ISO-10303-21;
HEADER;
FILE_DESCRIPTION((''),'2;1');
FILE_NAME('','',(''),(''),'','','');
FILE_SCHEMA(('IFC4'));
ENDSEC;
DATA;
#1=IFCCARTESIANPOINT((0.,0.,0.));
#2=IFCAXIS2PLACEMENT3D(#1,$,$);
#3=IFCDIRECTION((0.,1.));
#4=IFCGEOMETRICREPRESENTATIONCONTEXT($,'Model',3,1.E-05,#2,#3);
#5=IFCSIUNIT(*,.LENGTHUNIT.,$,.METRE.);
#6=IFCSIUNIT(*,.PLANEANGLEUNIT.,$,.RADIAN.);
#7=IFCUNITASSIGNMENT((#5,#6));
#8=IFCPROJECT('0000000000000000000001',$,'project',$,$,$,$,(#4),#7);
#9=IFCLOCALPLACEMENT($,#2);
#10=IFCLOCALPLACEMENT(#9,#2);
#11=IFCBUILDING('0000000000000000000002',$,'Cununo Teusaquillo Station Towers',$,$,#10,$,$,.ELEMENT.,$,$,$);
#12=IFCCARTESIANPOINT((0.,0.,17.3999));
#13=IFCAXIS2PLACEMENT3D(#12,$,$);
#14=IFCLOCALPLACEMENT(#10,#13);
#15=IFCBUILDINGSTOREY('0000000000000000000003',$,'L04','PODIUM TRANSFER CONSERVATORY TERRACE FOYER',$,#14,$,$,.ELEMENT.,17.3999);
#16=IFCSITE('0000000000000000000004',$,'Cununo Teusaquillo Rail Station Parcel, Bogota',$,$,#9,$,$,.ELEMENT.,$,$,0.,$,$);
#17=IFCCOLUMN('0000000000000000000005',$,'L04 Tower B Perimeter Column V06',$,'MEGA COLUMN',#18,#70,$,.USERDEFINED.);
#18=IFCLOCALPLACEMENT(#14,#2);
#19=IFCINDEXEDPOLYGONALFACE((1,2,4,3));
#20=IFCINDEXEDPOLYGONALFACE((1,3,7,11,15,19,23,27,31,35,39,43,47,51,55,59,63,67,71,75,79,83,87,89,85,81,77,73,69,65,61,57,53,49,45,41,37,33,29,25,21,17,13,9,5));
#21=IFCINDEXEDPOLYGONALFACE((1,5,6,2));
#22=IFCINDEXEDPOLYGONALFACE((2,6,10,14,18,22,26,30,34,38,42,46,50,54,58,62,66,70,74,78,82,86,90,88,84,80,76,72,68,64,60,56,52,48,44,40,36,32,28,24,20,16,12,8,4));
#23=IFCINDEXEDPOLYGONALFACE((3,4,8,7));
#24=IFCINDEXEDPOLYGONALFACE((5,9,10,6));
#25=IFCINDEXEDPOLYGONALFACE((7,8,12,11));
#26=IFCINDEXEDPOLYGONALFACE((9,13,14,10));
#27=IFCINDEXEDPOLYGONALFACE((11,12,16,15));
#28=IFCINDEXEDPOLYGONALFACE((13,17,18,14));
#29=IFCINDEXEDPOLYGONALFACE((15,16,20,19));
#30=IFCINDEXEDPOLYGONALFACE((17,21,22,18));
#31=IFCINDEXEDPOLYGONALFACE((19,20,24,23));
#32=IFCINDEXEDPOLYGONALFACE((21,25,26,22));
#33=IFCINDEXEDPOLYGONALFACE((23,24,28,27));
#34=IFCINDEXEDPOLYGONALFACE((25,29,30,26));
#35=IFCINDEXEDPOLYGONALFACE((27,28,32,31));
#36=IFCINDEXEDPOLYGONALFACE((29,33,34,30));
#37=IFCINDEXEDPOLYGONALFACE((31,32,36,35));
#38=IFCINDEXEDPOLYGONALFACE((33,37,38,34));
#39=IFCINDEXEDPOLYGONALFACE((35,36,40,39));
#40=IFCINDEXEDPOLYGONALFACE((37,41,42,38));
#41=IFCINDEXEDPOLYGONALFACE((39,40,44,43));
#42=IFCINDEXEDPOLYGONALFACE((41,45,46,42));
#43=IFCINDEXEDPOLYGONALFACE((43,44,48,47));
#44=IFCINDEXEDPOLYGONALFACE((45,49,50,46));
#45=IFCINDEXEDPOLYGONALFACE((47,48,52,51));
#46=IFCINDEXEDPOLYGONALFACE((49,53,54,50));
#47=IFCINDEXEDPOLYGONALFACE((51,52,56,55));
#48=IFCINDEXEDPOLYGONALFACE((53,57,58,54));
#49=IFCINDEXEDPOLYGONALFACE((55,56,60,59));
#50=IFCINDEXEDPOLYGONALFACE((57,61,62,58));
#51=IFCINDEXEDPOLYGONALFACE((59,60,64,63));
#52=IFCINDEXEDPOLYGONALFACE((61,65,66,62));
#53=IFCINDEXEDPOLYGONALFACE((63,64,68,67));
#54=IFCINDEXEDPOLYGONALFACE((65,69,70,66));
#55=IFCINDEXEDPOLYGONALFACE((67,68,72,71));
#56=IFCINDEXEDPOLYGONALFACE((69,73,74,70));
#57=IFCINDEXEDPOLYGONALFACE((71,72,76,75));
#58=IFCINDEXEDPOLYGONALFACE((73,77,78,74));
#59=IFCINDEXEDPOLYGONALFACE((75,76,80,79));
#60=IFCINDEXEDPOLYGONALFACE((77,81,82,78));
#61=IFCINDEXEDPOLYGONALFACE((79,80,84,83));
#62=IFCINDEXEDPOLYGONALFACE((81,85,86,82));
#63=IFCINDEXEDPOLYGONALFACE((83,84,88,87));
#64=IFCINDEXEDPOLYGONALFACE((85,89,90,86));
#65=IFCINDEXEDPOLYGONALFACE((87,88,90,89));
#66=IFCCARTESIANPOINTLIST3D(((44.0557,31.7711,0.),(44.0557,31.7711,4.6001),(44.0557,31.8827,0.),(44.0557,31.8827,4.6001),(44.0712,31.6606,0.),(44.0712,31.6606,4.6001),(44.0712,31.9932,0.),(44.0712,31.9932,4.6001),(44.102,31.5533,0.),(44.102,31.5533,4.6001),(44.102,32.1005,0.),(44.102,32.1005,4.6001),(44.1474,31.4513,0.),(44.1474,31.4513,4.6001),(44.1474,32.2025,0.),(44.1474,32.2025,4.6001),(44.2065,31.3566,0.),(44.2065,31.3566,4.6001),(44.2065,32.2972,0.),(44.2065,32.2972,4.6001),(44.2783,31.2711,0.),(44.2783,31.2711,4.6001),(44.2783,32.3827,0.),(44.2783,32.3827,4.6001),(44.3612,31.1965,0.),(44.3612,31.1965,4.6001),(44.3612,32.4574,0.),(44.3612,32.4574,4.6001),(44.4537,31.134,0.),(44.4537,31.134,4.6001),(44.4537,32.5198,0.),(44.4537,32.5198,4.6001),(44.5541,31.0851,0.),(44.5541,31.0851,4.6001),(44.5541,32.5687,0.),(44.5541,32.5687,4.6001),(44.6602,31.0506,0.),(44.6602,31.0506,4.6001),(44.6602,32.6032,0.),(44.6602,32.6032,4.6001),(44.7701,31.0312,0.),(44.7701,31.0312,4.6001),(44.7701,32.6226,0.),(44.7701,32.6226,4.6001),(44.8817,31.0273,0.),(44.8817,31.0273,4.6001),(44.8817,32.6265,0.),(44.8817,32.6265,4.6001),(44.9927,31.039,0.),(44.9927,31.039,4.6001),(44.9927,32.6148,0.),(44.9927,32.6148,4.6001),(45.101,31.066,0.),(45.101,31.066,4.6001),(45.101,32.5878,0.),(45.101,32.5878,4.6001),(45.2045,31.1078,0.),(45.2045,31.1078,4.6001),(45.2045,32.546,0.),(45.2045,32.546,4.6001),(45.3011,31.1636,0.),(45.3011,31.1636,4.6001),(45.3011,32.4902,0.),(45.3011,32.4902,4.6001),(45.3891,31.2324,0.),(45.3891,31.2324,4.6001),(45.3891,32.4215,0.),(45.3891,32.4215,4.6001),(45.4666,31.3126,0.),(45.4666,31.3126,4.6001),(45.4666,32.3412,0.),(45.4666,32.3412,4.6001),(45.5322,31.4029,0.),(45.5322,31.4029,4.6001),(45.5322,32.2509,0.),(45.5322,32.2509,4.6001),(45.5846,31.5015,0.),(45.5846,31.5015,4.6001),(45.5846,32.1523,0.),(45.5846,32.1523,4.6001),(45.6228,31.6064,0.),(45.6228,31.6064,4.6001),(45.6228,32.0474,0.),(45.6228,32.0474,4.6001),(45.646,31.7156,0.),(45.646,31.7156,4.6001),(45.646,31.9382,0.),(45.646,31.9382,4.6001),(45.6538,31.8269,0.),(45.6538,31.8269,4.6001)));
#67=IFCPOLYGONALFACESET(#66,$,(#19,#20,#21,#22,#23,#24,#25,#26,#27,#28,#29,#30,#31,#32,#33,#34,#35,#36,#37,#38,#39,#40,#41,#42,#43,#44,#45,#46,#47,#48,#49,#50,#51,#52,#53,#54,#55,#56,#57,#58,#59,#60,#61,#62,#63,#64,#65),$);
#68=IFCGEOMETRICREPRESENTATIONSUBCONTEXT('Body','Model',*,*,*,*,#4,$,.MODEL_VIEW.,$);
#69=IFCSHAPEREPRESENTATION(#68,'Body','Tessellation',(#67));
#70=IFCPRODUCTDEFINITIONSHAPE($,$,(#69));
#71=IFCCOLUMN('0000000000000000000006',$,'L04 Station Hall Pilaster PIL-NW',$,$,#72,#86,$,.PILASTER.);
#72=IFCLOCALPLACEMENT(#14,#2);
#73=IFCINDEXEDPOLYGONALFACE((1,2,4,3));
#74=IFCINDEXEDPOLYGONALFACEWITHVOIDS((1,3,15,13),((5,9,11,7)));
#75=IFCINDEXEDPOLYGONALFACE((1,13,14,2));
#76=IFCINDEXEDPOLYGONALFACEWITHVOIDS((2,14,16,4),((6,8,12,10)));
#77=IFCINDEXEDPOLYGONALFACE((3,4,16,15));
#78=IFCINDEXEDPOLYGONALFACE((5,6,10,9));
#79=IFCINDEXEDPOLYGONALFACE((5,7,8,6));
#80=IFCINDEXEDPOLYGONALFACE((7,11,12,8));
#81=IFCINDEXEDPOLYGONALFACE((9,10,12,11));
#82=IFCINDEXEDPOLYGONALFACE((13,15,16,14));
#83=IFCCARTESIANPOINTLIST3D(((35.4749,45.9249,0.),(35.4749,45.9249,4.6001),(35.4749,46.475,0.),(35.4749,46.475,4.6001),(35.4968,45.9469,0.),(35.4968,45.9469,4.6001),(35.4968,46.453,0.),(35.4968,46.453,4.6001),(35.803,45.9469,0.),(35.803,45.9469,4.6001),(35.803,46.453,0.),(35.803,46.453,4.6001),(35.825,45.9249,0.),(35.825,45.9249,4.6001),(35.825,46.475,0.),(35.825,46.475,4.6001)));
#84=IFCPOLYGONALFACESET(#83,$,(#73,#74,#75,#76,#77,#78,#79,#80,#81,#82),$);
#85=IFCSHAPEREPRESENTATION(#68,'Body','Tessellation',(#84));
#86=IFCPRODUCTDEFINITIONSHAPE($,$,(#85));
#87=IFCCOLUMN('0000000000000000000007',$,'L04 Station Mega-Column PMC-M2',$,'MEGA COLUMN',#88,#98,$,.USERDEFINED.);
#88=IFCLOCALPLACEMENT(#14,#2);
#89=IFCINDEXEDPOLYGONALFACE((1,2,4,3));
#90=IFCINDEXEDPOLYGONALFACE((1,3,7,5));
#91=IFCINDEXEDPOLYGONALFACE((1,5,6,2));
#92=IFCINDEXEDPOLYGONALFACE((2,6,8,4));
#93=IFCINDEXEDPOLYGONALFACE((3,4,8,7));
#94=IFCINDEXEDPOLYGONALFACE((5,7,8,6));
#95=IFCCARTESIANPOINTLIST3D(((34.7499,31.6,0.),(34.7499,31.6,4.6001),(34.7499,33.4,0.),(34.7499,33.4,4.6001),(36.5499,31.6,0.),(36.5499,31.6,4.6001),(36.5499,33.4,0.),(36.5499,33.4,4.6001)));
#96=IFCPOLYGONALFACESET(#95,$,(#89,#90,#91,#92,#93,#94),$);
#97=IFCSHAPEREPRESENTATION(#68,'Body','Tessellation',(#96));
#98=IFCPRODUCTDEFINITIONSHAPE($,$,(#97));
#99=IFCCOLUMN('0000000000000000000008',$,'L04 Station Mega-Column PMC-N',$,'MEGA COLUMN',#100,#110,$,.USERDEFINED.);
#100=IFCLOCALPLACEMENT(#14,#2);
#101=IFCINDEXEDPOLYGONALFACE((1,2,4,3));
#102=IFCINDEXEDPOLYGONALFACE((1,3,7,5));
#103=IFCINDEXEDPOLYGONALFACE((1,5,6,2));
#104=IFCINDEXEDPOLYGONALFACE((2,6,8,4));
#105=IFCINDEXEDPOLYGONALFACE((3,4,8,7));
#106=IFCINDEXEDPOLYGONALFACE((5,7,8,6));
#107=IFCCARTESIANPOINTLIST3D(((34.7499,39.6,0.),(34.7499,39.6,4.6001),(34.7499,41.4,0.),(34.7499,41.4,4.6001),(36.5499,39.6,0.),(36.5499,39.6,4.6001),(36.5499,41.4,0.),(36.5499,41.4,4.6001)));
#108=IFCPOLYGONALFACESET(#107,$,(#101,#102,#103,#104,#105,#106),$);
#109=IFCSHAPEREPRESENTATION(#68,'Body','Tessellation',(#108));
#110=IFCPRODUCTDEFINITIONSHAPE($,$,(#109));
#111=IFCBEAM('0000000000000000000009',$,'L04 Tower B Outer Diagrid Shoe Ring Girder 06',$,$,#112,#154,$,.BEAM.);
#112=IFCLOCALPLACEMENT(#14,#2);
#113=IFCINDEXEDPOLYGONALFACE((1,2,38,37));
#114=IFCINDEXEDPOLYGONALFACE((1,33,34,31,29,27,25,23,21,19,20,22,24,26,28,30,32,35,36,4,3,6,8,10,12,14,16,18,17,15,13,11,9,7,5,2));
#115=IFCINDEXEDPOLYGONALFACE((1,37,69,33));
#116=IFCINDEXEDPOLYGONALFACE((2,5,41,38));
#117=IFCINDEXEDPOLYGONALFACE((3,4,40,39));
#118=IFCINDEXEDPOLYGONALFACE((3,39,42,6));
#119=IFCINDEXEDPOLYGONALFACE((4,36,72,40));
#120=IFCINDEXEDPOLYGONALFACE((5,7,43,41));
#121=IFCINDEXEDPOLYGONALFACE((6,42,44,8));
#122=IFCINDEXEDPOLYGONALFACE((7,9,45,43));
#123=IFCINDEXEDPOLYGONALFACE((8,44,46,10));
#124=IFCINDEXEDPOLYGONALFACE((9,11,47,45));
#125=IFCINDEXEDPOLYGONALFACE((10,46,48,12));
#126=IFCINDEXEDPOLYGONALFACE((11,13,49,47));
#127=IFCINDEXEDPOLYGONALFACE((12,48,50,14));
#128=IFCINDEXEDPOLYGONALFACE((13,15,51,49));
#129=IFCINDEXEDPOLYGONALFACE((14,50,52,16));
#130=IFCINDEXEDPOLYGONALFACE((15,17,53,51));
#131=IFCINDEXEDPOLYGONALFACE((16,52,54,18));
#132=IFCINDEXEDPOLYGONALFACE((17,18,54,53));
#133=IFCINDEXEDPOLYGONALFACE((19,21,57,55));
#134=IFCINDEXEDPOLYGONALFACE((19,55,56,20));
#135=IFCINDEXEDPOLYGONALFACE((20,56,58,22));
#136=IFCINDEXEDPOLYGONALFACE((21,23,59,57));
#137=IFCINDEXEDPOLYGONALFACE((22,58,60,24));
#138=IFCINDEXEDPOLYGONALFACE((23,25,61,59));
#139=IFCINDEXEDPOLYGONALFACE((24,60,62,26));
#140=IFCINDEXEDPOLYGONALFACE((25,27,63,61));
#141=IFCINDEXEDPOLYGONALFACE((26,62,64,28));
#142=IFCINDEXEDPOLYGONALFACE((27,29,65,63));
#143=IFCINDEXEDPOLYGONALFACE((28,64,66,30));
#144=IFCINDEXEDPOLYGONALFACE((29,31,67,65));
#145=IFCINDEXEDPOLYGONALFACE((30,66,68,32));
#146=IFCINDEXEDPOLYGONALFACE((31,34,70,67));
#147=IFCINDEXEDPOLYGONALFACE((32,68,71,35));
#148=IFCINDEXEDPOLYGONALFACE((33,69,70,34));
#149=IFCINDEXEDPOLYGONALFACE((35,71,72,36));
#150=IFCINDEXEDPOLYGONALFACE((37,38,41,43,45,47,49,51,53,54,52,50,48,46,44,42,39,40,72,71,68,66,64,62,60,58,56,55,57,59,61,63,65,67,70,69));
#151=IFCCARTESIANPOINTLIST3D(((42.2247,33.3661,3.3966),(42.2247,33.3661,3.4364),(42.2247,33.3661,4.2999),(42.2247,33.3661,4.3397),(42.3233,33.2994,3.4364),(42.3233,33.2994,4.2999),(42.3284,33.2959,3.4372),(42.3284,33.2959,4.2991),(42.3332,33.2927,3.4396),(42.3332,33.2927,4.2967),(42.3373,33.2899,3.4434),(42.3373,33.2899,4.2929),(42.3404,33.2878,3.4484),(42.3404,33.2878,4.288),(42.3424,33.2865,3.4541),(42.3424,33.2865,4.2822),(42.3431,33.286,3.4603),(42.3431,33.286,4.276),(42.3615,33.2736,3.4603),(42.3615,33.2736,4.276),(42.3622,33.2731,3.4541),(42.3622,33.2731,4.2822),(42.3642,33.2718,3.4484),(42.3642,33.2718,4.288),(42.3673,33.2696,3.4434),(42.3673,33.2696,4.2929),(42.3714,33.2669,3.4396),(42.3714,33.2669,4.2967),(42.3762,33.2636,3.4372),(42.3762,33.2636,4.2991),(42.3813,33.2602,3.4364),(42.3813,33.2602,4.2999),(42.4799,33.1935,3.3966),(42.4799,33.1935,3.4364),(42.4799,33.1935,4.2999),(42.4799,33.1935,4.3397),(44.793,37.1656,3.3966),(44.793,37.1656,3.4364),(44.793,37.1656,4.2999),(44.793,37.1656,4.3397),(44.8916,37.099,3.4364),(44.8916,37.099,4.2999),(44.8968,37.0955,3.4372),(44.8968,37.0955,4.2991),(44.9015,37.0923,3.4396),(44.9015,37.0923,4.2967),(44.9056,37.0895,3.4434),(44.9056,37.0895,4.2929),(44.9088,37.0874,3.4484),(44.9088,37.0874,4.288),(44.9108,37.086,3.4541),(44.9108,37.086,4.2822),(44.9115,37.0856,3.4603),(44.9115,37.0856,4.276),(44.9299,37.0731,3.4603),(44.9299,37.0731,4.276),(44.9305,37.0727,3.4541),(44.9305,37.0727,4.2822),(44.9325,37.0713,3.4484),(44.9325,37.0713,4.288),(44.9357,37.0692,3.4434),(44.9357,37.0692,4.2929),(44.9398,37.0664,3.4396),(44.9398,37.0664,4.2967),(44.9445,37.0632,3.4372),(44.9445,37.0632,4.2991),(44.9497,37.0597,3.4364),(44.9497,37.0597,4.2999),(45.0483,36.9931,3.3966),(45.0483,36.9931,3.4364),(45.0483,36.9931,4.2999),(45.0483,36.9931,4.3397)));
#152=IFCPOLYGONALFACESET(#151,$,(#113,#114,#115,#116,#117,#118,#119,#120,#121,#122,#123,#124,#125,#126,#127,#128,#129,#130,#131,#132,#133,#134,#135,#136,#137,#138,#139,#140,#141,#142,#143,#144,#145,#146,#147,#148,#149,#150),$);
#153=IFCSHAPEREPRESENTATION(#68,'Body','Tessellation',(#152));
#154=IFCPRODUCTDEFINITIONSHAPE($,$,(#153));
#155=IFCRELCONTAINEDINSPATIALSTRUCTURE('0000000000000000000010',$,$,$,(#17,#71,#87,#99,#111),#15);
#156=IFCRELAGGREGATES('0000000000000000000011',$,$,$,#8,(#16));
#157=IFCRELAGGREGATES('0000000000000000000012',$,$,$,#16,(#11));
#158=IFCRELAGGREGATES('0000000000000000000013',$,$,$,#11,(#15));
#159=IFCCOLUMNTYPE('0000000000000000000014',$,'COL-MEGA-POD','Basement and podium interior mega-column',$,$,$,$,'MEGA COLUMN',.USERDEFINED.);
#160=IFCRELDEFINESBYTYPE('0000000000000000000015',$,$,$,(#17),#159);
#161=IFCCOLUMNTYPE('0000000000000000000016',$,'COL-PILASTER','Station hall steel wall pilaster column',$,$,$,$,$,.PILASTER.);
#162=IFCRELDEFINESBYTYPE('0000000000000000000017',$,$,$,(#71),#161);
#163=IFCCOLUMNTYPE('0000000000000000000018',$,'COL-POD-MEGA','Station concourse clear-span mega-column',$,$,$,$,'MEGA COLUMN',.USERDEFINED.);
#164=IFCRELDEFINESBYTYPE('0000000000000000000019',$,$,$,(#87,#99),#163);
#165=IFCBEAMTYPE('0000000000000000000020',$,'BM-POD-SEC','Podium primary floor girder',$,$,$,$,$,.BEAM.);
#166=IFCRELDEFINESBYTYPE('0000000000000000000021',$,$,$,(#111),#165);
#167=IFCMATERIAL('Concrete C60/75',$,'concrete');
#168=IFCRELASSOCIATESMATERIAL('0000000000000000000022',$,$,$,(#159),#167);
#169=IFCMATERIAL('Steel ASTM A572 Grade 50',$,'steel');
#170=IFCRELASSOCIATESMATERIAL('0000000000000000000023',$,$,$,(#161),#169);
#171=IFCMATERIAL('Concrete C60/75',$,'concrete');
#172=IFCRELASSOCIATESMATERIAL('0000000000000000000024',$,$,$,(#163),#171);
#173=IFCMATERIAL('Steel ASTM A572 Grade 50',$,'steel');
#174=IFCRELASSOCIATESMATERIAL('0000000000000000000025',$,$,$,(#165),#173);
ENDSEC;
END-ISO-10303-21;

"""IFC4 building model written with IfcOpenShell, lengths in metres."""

from ifc_helpers import new_model, si_unit, direction, frame, origin, origin_2d, place, context, subcontext, project, spatial, rectangle, hollow_rectangle, circle, i_section, extrude, material, material_profile, profile_set, type_object, element, save


model = new_model("IFC4")

# Units and contexts
model_context = context("Model", 3, precision=1e-05, world=origin(), true_north=direction((0.0, 1.0)))
body_context = subcontext(model_context, "Body", "Model", "MODEL_VIEW")
ifc_project = project(units=[si_unit("LENGTHUNIT", "METRE"), si_unit("PLANEANGLEUNIT", "RADIAN")], contexts=[model_context])

# Site, building, storey
site_placement = place(None, origin())
site = spatial("IfcSite", under=ifc_project, at=site_placement, Name="Cununo Teusaquillo Rail Station Parcel, Bogota", CompositionType="ELEMENT", RefElevation=0.0)
building_placement = place(site_placement, origin())
building = spatial("IfcBuilding", under=site, at=building_placement, Name="Cununo Teusaquillo Station Towers", CompositionType="ELEMENT")
storey_placement = place(building_placement, frame((0.0, 0.0, 17.3999)))
storey = spatial("IfcBuildingStorey", under=building, at=storey_placement, Name="L04", Description="PODIUM TRANSFER CONSERVATORY TERRACE FOYER", CompositionType="ELEMENT", Elevation=17.3999)

# Columns
ifc_material_1 = material(Name="Concrete C60/75", Category="concrete")
ifc_material_profile_1 = material_profile(ifc_material_1, circle(Radius=0.8, at=origin_2d()), Name="RC-CIRC-1600")
ifc_profile_set_1 = profile_set([ifc_material_profile_1], Name="Concrete C60/75")
column_type_1 = type_object("IfcColumnType", Name="COL-MEGA-POD", Description="Basement and podium interior mega-column", ElementType="MEGA COLUMN", PredefinedType="USERDEFINED", material=ifc_profile_set_1)
column_1_placement = place(storey_placement, frame((44.8538, 31.8269, 0.0), z_axis=(0.0, 0.0, 1.0), x_axis=(1.0, 0.0, 0.0)))
element("IfcColumn", 1, at=column_1_placement, inside=storey, type_object=column_type_1, Name="L04 Tower B Perimeter Column V06", ObjectType="MEGA COLUMN", PredefinedType="USERDEFINED", context=body_context, shape_type="SweptSolid", body=[
    extrude(circle(Radius=0.8, at=origin_2d()), origin(), (0.0, 0.0, 1.0), 4.6001),
])
ifc_material_2 = material(Name="Steel ASTM A572 Grade 50", Category="steel")
ifc_material_profile_2 = material_profile(ifc_material_2, hollow_rectangle(XDim=0.3501, YDim=0.55, WallThickness=0.022, at=origin_2d()), Name="RHS 550x350x22")
ifc_profile_set_2 = profile_set([ifc_material_profile_2], Name="Steel ASTM A572 Grade 50")
column_type_2 = type_object("IfcColumnType", Name="COL-PILASTER", Description="Station hall steel wall pilaster column", PredefinedType="PILASTER", material=ifc_profile_set_2)
column_2_placement = place(storey_placement, frame((35.6499, 46.2, 0.0), z_axis=(0.0, 0.0, 1.0), x_axis=(1.0, 0.0, 0.0)))
element("IfcColumn", 2, at=column_2_placement, inside=storey, type_object=column_type_2, Name="L04 Station Hall Pilaster PIL-NW", PredefinedType="PILASTER", context=body_context, shape_type="SweptSolid", body=[
    extrude(hollow_rectangle(XDim=0.3501, YDim=0.55, WallThickness=0.022, at=origin_2d()), origin(), (0.0, 0.0, 1.0), 4.6001),
])
ifc_material_3 = material(Name="Concrete C60/75", Category="concrete")
ifc_material_profile_3 = material_profile(ifc_material_3, rectangle(XDim=1.8, YDim=1.8, at=origin_2d()), Name="RC-RECT-1800x1800")
ifc_profile_set_3 = profile_set([ifc_material_profile_3], Name="Concrete C60/75")
column_type_3 = type_object("IfcColumnType", Name="COL-POD-MEGA", Description="Station concourse clear-span mega-column", ElementType="MEGA COLUMN", PredefinedType="USERDEFINED", material=ifc_profile_set_3)
for number, where, z_axis, x_axis, name in (
    (3, (35.6499, 32.5, 0.0), (0.0, 0.0, 1.0), (1.0, 0.0, 0.0), "L04 Station Mega-Column PMC-M2"),
    (4, (35.6499, 40.5, 0.0), (0.0, 0.0, 1.0), (1.0, 0.0, 0.0), "L04 Station Mega-Column PMC-N"),
):
    element("IfcColumn", number, at=place(storey_placement, frame(where, z_axis=z_axis, x_axis=x_axis)), inside=storey, type_object=column_type_3, Name=name, ObjectType="MEGA COLUMN", PredefinedType="USERDEFINED", context=body_context, shape_type="SweptSolid", body=[
        extrude(rectangle(XDim=1.8, YDim=1.8, at=origin_2d()), origin(), (0.0, 0.0, 1.0), 4.6001),
    ])

# Beam
ifc_material_4 = material(Name="Steel ASTM A572 Grade 50", Category="steel")
ifc_material_profile_4 = material_profile(ifc_material_4, i_section(OverallWidth=0.3081, OverallDepth=0.9431, WebThickness=0.0222, FlangeThickness=0.0398, FilletRadius=0.0239, at=origin_2d()), Name="W36X232")
ifc_profile_set_4 = profile_set([ifc_material_profile_4], Name="Steel ASTM A572 Grade 50")
beam_type_1 = type_object("IfcBeamType", Name="BM-POD-SEC", Description="Podium primary floor girder", PredefinedType="BEAM", material=ifc_profile_set_4)
beam_1_placement = place(storey_placement, frame((44.9207, 37.0793, 3.8682), z_axis=(-0.56002, -0.828479, 0.0), x_axis=(0.828479, -0.56002, 0.0)))
element("IfcBeam", 5, at=beam_1_placement, inside=storey, type_object=beam_type_1, Name="L04 Tower B Outer Diagrid Shoe Ring Girder 06", PredefinedType="BEAM", context=body_context, shape_type="SweptSolid", body=[
    extrude(i_section(OverallWidth=0.3081, OverallDepth=0.9431, WebThickness=0.0222, FlangeThickness=0.0398, FilletRadius=0.0239, at=origin_2d()), origin(), (0.0, 0.0, 1.0), 4.5862),
])

save(model, "model.ifc")
